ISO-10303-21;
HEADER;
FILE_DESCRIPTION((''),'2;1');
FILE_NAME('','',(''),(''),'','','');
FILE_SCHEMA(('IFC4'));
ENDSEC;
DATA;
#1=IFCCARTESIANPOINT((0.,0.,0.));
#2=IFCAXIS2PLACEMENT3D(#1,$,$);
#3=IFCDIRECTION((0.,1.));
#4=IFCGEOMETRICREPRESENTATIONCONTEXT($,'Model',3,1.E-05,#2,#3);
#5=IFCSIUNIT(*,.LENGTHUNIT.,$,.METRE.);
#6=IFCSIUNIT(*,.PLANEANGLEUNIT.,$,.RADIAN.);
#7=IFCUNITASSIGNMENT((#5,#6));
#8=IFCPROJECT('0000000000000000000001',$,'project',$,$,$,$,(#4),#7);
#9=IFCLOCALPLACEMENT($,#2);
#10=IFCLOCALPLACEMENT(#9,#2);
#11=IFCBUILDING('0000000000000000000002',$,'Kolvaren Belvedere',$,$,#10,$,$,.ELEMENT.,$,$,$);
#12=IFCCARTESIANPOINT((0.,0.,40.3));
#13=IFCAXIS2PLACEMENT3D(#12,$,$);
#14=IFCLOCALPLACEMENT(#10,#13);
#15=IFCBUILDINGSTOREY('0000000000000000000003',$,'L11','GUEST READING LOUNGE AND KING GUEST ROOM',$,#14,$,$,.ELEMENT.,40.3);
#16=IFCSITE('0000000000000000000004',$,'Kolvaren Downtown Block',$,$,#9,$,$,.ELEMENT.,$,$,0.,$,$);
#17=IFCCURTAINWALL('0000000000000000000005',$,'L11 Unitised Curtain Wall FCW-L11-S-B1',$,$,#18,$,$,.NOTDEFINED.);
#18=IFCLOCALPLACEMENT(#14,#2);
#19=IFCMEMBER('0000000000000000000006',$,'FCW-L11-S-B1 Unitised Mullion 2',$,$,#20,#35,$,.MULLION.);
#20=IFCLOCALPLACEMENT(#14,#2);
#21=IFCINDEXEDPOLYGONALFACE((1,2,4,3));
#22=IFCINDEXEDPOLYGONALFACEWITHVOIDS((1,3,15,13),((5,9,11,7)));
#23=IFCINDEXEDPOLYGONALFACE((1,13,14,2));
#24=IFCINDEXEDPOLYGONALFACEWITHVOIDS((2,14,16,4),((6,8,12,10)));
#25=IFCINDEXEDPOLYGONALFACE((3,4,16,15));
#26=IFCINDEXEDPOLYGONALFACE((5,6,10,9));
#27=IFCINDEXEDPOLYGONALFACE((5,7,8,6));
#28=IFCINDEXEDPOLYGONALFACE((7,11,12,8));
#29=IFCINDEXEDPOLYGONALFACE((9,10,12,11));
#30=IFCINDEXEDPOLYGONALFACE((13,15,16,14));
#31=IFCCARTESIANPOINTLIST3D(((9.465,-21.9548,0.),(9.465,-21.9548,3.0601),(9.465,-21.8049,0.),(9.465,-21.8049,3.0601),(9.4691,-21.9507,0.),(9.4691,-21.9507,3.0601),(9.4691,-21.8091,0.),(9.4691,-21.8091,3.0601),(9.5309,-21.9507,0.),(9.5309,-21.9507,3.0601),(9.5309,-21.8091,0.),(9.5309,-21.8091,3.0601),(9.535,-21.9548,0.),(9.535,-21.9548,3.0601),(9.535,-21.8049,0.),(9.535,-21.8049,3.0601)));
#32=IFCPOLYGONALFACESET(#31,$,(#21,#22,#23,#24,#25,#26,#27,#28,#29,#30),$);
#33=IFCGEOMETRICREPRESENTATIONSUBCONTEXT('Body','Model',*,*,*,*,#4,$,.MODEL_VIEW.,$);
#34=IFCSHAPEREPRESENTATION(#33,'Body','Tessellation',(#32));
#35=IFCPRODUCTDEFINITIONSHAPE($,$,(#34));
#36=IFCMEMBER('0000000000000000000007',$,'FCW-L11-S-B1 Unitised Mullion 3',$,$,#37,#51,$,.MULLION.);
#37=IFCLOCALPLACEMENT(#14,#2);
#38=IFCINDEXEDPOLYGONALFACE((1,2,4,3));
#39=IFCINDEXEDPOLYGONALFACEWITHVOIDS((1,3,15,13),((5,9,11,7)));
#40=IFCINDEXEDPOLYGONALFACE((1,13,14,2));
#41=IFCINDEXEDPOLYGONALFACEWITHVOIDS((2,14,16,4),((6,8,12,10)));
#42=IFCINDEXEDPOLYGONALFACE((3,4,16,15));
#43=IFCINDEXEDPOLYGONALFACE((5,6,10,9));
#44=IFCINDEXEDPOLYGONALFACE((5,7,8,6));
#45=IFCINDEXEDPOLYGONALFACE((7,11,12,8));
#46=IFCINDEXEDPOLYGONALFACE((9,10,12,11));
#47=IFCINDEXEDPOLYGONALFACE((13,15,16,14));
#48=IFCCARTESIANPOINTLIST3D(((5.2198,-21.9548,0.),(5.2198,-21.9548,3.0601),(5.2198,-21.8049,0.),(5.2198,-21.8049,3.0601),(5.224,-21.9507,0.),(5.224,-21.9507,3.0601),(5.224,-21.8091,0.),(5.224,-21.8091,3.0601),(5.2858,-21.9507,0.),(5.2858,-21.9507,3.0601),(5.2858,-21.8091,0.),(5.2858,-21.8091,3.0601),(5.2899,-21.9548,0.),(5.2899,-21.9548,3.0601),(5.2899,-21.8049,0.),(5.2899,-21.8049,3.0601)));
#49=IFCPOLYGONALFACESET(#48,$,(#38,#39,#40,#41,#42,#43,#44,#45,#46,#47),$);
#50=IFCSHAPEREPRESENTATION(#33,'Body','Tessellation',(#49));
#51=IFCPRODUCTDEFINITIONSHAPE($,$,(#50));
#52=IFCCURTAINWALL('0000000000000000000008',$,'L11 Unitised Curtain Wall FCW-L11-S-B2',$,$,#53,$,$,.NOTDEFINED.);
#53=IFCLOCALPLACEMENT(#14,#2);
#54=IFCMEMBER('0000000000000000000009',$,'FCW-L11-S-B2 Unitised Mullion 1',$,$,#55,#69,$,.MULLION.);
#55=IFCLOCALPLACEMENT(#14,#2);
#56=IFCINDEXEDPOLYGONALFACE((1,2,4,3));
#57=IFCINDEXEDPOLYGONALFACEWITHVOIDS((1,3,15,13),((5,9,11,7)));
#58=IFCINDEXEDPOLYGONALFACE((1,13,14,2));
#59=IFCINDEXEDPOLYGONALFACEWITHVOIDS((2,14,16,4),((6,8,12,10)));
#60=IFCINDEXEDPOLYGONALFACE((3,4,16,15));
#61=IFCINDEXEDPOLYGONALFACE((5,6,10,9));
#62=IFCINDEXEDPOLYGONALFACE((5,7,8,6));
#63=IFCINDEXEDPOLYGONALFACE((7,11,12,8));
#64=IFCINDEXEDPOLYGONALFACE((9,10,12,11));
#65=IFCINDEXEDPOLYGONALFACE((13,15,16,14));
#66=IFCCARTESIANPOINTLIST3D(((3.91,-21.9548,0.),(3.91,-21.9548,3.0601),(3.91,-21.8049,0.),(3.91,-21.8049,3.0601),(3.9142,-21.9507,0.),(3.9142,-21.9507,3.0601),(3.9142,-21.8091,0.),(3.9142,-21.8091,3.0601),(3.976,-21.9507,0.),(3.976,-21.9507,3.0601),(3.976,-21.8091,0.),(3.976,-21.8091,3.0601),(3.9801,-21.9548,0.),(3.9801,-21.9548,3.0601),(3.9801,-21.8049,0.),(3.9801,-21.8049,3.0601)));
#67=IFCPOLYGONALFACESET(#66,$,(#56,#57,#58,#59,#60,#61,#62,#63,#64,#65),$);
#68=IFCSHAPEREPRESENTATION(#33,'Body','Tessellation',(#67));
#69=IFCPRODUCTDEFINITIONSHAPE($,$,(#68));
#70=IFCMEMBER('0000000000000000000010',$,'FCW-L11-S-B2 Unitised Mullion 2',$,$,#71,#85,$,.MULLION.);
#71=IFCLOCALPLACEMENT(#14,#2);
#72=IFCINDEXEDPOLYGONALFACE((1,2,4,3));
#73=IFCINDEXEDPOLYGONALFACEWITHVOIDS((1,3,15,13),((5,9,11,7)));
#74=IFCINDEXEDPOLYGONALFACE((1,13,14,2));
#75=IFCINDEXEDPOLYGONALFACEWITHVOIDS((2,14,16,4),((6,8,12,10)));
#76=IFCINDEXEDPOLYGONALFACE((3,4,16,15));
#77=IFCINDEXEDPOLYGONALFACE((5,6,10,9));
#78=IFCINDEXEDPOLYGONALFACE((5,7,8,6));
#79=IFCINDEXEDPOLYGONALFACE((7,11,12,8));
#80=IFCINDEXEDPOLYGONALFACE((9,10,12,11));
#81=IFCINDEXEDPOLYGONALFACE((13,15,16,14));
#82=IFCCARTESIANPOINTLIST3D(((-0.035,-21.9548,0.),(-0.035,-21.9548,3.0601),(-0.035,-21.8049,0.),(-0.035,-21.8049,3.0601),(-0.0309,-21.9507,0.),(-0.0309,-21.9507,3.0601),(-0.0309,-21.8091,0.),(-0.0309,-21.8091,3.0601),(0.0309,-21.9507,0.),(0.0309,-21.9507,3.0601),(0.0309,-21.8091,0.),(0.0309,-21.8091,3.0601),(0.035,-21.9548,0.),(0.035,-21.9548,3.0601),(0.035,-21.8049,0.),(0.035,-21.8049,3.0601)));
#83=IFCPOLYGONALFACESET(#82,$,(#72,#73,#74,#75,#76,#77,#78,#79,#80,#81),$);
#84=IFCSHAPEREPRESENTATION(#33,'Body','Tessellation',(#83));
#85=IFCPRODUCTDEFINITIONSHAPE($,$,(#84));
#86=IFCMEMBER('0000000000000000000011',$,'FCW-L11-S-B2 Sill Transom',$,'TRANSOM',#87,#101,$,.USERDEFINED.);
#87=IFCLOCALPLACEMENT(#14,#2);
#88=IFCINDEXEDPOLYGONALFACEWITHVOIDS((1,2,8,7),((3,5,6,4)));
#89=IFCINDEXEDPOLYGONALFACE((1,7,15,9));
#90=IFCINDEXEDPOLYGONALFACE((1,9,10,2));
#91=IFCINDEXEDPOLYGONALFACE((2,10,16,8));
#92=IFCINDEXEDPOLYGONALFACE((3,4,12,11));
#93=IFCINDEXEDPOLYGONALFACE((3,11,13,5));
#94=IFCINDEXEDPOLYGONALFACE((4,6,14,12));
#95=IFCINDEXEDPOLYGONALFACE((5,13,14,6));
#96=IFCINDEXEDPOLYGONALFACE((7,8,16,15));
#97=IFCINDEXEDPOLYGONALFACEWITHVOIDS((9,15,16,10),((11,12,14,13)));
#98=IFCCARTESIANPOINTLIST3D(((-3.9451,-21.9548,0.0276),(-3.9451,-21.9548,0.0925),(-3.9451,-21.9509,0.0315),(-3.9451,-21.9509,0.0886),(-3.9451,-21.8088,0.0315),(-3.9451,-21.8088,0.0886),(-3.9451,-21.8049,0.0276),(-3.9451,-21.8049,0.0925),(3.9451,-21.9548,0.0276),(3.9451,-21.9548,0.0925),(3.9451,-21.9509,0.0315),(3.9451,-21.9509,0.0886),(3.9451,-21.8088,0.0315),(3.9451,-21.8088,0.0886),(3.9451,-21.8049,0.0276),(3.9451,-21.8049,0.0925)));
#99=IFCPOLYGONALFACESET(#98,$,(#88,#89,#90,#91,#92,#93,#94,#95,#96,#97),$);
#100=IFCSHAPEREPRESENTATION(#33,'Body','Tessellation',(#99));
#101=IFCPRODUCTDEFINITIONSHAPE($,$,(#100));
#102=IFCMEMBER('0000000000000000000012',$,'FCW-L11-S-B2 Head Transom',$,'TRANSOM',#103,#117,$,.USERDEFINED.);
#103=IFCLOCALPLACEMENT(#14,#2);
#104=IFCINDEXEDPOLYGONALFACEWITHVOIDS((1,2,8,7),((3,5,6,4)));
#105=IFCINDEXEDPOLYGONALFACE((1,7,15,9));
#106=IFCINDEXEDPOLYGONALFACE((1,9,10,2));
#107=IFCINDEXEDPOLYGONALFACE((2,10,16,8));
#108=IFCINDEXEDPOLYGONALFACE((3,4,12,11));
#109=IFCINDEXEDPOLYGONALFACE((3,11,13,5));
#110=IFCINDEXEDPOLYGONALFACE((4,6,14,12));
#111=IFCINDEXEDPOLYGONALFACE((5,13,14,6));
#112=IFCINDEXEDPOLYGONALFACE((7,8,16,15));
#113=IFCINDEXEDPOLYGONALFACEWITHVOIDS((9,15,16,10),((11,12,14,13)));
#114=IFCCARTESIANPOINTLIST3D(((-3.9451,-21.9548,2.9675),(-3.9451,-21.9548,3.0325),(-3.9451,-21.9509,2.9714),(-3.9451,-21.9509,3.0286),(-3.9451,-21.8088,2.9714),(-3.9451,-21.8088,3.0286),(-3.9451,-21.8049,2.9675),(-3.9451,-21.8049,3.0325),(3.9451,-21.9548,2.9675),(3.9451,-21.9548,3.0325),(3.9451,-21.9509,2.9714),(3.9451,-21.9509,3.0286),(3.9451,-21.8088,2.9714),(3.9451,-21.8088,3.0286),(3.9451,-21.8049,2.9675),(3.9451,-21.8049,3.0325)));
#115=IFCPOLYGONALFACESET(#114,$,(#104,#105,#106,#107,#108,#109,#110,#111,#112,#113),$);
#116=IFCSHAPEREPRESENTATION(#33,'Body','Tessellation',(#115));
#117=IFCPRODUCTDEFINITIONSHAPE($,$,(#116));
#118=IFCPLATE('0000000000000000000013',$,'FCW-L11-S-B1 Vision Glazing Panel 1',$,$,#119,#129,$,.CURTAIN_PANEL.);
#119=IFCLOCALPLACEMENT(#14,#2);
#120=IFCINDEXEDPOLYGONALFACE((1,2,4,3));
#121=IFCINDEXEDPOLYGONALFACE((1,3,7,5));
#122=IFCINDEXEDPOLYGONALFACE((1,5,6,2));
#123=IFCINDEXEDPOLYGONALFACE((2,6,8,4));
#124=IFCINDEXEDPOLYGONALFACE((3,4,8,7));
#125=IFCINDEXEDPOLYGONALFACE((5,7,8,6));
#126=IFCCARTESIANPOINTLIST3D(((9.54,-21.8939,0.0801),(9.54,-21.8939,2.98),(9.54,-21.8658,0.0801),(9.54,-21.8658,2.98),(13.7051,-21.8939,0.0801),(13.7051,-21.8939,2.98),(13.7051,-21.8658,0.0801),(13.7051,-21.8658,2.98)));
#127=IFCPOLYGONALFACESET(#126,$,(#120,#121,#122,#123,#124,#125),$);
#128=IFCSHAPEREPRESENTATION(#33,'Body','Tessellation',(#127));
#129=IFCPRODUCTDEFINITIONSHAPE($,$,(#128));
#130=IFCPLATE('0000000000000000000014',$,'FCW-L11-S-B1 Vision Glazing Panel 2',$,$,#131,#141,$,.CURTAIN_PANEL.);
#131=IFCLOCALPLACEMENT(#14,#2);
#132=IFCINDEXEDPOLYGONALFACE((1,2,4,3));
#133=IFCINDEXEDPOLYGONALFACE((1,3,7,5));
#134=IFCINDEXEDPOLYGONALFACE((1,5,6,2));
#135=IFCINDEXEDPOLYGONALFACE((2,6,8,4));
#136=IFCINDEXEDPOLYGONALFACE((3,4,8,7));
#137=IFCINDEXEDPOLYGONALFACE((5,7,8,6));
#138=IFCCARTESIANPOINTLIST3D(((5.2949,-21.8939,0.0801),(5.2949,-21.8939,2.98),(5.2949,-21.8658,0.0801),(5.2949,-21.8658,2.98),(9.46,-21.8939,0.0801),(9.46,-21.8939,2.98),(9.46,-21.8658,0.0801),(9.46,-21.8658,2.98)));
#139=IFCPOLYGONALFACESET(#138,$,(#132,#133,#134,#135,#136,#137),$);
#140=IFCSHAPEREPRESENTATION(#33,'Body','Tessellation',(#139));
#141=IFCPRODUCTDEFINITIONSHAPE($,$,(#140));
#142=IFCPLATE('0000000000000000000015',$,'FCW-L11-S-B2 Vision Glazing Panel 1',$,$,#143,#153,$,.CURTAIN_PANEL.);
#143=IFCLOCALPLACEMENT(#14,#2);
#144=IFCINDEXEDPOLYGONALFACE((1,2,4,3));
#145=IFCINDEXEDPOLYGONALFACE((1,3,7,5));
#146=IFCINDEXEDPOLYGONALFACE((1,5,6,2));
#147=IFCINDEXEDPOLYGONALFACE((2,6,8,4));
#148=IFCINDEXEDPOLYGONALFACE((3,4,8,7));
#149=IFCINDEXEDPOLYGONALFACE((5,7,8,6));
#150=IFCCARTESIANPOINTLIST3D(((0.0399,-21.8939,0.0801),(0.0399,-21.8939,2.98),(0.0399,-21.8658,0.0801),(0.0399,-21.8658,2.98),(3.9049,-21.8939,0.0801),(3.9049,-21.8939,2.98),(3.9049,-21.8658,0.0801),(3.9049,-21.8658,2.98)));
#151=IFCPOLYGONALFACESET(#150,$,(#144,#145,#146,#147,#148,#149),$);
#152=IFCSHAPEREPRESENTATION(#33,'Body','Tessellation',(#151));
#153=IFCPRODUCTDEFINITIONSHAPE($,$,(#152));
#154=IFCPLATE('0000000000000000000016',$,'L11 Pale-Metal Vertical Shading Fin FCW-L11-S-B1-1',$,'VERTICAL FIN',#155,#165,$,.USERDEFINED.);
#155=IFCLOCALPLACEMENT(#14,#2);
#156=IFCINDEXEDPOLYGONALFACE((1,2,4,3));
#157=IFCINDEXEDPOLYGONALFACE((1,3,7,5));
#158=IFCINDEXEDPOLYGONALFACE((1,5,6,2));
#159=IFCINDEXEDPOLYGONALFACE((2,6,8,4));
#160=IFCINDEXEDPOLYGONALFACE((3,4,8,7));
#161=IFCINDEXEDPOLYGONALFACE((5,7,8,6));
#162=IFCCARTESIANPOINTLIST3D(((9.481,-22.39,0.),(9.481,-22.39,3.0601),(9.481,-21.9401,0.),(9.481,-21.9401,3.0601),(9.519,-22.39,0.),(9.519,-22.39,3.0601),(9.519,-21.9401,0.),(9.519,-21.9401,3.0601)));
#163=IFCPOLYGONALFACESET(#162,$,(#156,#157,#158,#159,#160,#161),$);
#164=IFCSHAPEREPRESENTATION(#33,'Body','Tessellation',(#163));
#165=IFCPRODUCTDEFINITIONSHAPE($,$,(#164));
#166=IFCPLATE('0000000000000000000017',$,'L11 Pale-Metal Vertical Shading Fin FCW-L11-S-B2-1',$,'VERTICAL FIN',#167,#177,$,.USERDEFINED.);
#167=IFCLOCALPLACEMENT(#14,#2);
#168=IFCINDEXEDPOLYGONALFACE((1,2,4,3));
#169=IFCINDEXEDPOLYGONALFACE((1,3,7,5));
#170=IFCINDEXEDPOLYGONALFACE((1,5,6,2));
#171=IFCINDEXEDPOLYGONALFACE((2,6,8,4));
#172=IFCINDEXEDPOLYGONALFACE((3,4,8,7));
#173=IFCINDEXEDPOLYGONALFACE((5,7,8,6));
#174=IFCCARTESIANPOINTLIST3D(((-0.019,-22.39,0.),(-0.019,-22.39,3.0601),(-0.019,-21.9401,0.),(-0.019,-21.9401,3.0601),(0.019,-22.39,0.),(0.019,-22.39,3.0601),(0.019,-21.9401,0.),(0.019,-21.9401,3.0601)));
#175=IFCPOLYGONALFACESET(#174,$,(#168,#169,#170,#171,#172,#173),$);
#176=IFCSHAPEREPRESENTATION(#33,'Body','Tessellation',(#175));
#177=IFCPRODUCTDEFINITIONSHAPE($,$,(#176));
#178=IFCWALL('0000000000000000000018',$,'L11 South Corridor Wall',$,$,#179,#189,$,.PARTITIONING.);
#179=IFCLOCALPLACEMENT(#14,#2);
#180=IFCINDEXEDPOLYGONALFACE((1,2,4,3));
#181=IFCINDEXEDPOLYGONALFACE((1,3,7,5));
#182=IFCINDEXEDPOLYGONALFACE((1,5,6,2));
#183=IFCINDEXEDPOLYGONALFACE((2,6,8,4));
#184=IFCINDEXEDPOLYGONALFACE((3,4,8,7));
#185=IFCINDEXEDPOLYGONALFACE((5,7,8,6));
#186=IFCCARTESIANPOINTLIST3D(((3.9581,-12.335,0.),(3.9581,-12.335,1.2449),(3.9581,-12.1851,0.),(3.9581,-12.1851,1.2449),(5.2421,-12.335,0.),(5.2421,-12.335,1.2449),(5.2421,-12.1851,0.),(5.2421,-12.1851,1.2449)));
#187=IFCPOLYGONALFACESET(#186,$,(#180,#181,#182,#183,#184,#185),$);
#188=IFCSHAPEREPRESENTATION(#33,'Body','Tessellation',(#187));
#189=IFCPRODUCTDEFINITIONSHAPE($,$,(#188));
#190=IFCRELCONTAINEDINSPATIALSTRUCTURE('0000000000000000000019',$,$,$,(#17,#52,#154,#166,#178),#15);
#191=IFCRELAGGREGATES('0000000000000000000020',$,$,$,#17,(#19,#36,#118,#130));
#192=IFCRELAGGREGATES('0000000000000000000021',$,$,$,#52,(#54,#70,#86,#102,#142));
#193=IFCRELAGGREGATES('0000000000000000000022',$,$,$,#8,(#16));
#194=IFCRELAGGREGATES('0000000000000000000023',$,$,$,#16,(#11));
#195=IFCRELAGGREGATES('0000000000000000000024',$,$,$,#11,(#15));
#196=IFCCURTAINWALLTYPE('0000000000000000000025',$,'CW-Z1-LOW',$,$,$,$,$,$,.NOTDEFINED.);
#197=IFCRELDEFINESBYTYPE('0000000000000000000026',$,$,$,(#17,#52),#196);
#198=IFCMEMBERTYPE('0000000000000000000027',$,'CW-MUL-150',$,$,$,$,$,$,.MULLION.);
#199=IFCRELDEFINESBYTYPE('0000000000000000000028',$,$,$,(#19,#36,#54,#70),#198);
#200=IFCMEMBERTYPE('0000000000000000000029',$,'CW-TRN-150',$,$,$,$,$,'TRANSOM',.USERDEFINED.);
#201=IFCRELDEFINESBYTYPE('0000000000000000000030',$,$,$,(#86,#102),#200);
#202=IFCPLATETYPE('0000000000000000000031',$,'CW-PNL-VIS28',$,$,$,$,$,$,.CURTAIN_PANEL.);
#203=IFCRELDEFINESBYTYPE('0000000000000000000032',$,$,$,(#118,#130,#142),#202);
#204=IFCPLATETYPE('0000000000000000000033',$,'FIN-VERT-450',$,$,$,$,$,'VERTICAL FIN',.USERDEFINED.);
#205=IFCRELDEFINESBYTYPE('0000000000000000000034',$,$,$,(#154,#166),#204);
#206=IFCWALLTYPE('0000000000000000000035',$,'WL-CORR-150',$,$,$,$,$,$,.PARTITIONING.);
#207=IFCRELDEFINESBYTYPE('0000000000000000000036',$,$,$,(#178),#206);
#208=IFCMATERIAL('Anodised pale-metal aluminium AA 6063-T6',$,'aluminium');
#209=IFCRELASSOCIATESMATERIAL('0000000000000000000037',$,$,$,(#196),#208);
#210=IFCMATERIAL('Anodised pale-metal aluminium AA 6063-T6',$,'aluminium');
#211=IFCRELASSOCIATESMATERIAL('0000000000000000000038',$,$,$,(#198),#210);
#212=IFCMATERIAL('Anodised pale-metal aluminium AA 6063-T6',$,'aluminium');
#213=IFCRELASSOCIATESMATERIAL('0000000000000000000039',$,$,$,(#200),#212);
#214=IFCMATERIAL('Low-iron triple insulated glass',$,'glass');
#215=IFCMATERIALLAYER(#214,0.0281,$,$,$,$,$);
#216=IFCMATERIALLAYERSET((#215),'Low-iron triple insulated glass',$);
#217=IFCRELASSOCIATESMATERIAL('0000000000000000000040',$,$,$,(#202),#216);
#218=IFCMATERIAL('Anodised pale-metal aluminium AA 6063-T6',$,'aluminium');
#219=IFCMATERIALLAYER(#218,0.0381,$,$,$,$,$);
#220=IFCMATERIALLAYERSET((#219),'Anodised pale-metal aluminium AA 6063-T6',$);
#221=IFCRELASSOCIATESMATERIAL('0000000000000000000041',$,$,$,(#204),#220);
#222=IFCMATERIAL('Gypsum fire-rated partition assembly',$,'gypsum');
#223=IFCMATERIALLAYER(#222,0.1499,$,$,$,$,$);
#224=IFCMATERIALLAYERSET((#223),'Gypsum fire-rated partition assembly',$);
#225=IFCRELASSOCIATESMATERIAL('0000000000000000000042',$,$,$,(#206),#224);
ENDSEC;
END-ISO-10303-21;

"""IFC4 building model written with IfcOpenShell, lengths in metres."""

from ifc_helpers import new_model, si_unit, direction, frame, frame_2d, origin, origin_2d, place, context, subcontext, project, spatial, rectangle, hollow_rectangle, extrude, material, layer, layer_set, material_profile, profile_set, type_object, element, aggregate, save


model = new_model("IFC4")

# Units and contexts
model_context = context("Model", 3, precision=1e-05, world=origin(), true_north=direction((0.0, 1.0)))
body_context = subcontext(model_context, "Body", "Model", "MODEL_VIEW")
ifc_project = project(units=[si_unit("LENGTHUNIT", "METRE"), si_unit("PLANEANGLEUNIT", "RADIAN")], contexts=[model_context])

# Site, building, storey
site_placement = place(None, origin())
site = spatial("IfcSite", under=ifc_project, at=site_placement, Name="Kolvaren Downtown Block", CompositionType="ELEMENT", RefElevation=0.0)
building_placement = place(site_placement, origin())
building = spatial("IfcBuilding", under=site, at=building_placement, Name="Kolvaren Belvedere", CompositionType="ELEMENT")
storey_placement = place(building_placement, frame((0.0, 0.0, 40.3)))
storey = spatial("IfcBuildingStorey", under=building, at=storey_placement, Name="L11", Description="GUEST READING LOUNGE AND KING GUEST ROOM", CompositionType="ELEMENT", Elevation=40.3)

# Curtain walls, members
ifc_material_1 = material(Name="Anodised pale-metal aluminium AA 6063-T6", Category="aluminium")
curtain_wall_type = type_object("IfcCurtainWallType", Name="CW-Z1-LOW", PredefinedType="NOTDEFINED", material=ifc_material_1)
curtain_wall_1_placement = place(storey_placement, origin())
curtain_wall_1 = element("IfcCurtainWall", 1, at=curtain_wall_1_placement, inside=storey, type_object=curtain_wall_type, Name="L11 Unitised Curtain Wall FCW-L11-S-B1", PredefinedType="NOTDEFINED")
ifc_material_2 = material(Name="Anodised pale-metal aluminium AA 6063-T6", Category="aluminium")
ifc_material_profile_1 = material_profile(ifc_material_2, hollow_rectangle(XDim=0.0701, YDim=0.1499, WallThickness=0.0042, at=origin_2d()), Name="ALU-MUL-150X70")
ifc_profile_set_1 = profile_set([ifc_material_profile_1], Name="Anodised pale-metal aluminium AA 6063-T6")
member_type_1 = type_object("IfcMemberType", Name="CW-MUL-150", PredefinedType="MULLION", material=ifc_profile_set_1)
member_1_placement = place(storey_placement, frame((9.5, -21.8799, 0.0), z_axis=(0.0, 0.0, 1.0), x_axis=(1.0, 0.0, 0.0)))
member_1 = element("IfcMember", 2, at=member_1_placement, type_object=member_type_1, Name="FCW-L11-S-B1 Unitised Mullion 2", PredefinedType="MULLION", context=body_context, shape_type="SweptSolid", body=[
    extrude(hollow_rectangle(XDim=0.0701, YDim=0.1499, WallThickness=0.0042, at=origin_2d()), origin(), (0.0, 0.0, 1.0), 3.0601),
])
member_2_placement = place(storey_placement, frame((5.2549, -21.8799, 0.0), z_axis=(0.0, 0.0, 1.0), x_axis=(1.0, 0.0, 0.0)))
member_2 = element("IfcMember", 3, at=member_2_placement, type_object=member_type_1, Name="FCW-L11-S-B1 Unitised Mullion 3", PredefinedType="MULLION", context=body_context, shape_type="SweptSolid", body=[
    extrude(hollow_rectangle(XDim=0.0701, YDim=0.1499, WallThickness=0.0042, at=origin_2d()), origin(), (0.0, 0.0, 1.0), 3.0601),
])
curtain_wall_2_placement = place(storey_placement, origin())
curtain_wall_2 = element("IfcCurtainWall", 4, at=curtain_wall_2_placement, inside=storey, type_object=curtain_wall_type, Name="L11 Unitised Curtain Wall FCW-L11-S-B2", PredefinedType="NOTDEFINED")
member_3_placement = place(storey_placement, frame((3.9451, -21.8799, 0.0), z_axis=(0.0, 0.0, 1.0), x_axis=(1.0, 0.0, 0.0)))
member_3 = element("IfcMember", 5, at=member_3_placement, type_object=member_type_1, Name="FCW-L11-S-B2 Unitised Mullion 1", PredefinedType="MULLION", context=body_context, shape_type="SweptSolid", body=[
    extrude(hollow_rectangle(XDim=0.0701, YDim=0.1499, WallThickness=0.0042, at=origin_2d()), origin(), (0.0, 0.0, 1.0), 3.0601),
])
member_4_placement = place(storey_placement, frame((0.0, -21.8799, 0.0), z_axis=(0.0, 0.0, 1.0), x_axis=(1.0, 0.0, 0.0)))
member_4 = element("IfcMember", 6, at=member_4_placement, type_object=member_type_1, Name="FCW-L11-S-B2 Unitised Mullion 2", PredefinedType="MULLION", context=body_context, shape_type="SweptSolid", body=[
    extrude(hollow_rectangle(XDim=0.0701, YDim=0.1499, WallThickness=0.0042, at=origin_2d()), origin(), (0.0, 0.0, 1.0), 3.0601),
])
ifc_material_3 = material(Name="Anodised pale-metal aluminium AA 6063-T6", Category="aluminium")
ifc_material_profile_2 = material_profile(ifc_material_3, hollow_rectangle(XDim=0.0649, YDim=0.1499, WallThickness=0.0039, at=origin_2d()), Name="ALU-TRN-150X65")
ifc_profile_set_2 = profile_set([ifc_material_profile_2], Name="Anodised pale-metal aluminium AA 6063-T6")
member_type_2 = type_object("IfcMemberType", Name="CW-TRN-150", ElementType="TRANSOM", PredefinedType="USERDEFINED", material=ifc_profile_set_2)
member_5_placement = place(storey_placement, frame((3.9451, -21.8799, 0.0601), z_axis=(-1.0, 0.0, 0.0), x_axis=(0.0, 0.0, 1.0)))
member_5 = element("IfcMember", 7, at=member_5_placement, type_object=member_type_2, Name="FCW-L11-S-B2 Sill Transom", ObjectType="TRANSOM", PredefinedType="USERDEFINED", context=body_context, shape_type="SweptSolid", body=[
    extrude(hollow_rectangle(XDim=0.0649, YDim=0.1499, WallThickness=0.0039, at=origin_2d()), origin(), (0.0, 0.0, 1.0), 7.8901),
])
member_6_placement = place(storey_placement, frame((3.9451, -21.8799, 3.0), z_axis=(-1.0, 0.0, 0.0), x_axis=(0.0, 0.0, 1.0)))
member_6 = element("IfcMember", 8, at=member_6_placement, type_object=member_type_2, Name="FCW-L11-S-B2 Head Transom", ObjectType="TRANSOM", PredefinedType="USERDEFINED", context=body_context, shape_type="SweptSolid", body=[
    extrude(hollow_rectangle(XDim=0.0649, YDim=0.1499, WallThickness=0.0039, at=origin_2d()), origin(), (0.0, 0.0, 1.0), 7.8901),
])

# Plates
ifc_material_4 = material(Name="Low-iron triple insulated glass", Category="glass")
ifc_layer_1 = layer(ifc_material_4, 0.0281)
ifc_layer_set_1 = layer_set([ifc_layer_1], Name="Low-iron triple insulated glass")
plate_type_1 = type_object("IfcPlateType", Name="CW-PNL-VIS28", PredefinedType="CURTAIN_PANEL", material=ifc_layer_set_1)
plate_1_placement = place(storey_placement, frame((11.6226, -21.8799, 0.0801), z_axis=(0.0, 0.0, 1.0), x_axis=(-1.0, 0.0, 0.0)))
plate_1 = element("IfcPlate", 9, at=plate_1_placement, type_object=plate_type_1, Name="FCW-L11-S-B1 Vision Glazing Panel 1", PredefinedType="CURTAIN_PANEL", context=body_context, shape_type="SweptSolid", body=[
    extrude(rectangle(XDim=4.165, YDim=0.0281, at=origin_2d()), origin(), (0.0, 0.0, 1.0), 2.8999),
])
plate_2_placement = place(storey_placement, frame((7.3774, -21.8799, 0.0801), z_axis=(0.0, 0.0, 1.0), x_axis=(-1.0, 0.0, 0.0)))
plate_2 = element("IfcPlate", 10, at=plate_2_placement, type_object=plate_type_1, Name="FCW-L11-S-B1 Vision Glazing Panel 2", PredefinedType="CURTAIN_PANEL", context=body_context, shape_type="SweptSolid", body=[
    extrude(rectangle(XDim=4.165, YDim=0.0281, at=origin_2d()), origin(), (0.0, 0.0, 1.0), 2.8999),
])
aggregate(curtain_wall_1, [member_1, member_2, plate_1, plate_2])
plate_3_placement = place(storey_placement, frame((1.9724, -21.8799, 0.0801), z_axis=(0.0, 0.0, 1.0), x_axis=(-1.0, 0.0, 0.0)))
plate_3 = element("IfcPlate", 11, at=plate_3_placement, type_object=plate_type_1, Name="FCW-L11-S-B2 Vision Glazing Panel 1", PredefinedType="CURTAIN_PANEL", context=body_context, shape_type="SweptSolid", body=[
    extrude(rectangle(XDim=3.865, YDim=0.0281, at=origin_2d()), origin(), (0.0, 0.0, 1.0), 2.8999),
])
aggregate(curtain_wall_2, [member_3, member_4, member_5, member_6, plate_3])

# Plates
ifc_material_5 = material(Name="Anodised pale-metal aluminium AA 6063-T6", Category="aluminium")
ifc_layer_2 = layer(ifc_material_5, 0.0381)
ifc_layer_set_2 = layer_set([ifc_layer_2], Name="Anodised pale-metal aluminium AA 6063-T6")
plate_type_2 = type_object("IfcPlateType", Name="FIN-VERT-450", ElementType="VERTICAL FIN", PredefinedType="USERDEFINED", material=ifc_layer_set_2)
for number, where, z_axis, x_axis, name in (
    (12, (9.5, -22.165, 0.0), (0.0, 0.0, 1.0), (0.0, 1.0, 0.0), "L11 Pale-Metal Vertical Shading Fin FCW-L11-S-B1-1"),
    (13, (0.0, -22.165, 0.0), (0.0, 0.0, 1.0), (0.0, 1.0, 0.0), "L11 Pale-Metal Vertical Shading Fin FCW-L11-S-B2-1"),
):
    element("IfcPlate", number, at=place(storey_placement, frame(where, z_axis=z_axis, x_axis=x_axis)), inside=storey, type_object=plate_type_2, Name=name, ObjectType="VERTICAL FIN", PredefinedType="USERDEFINED", context=body_context, shape_type="SweptSolid", body=[
        extrude(rectangle(XDim=0.45, YDim=0.0381, at=origin_2d()), origin(), (0.0, 0.0, 1.0), 3.0601),
    ])

# Wall
ifc_material_6 = material(Name="Gypsum fire-rated partition assembly", Category="gypsum")
ifc_layer_3 = layer(ifc_material_6, 0.1499)
ifc_layer_set_3 = layer_set([ifc_layer_3], Name="Gypsum fire-rated partition assembly")
wall_type_1 = type_object("IfcWallType", Name="WL-CORR-150", PredefinedType="PARTITIONING", material=ifc_layer_set_3)
wall_1_placement = place(storey_placement, frame((3.958, -12.26, 0.0), z_axis=(0.0, 0.0, 1.0), x_axis=(1.0, 0.0, 0.0)))
element("IfcWall", 14, at=wall_1_placement, inside=storey, type_object=wall_type_1, Name="L11 South Corridor Wall", PredefinedType="PARTITIONING", context=body_context, shape_type="SweptSolid", body=[
    extrude(rectangle(XDim=1.2839, YDim=0.1499, at=frame_2d((0.6421, 0.0))), origin(), (0.0, 0.0, 1.0), 1.2449),
])

save(model, "model.ifc")
